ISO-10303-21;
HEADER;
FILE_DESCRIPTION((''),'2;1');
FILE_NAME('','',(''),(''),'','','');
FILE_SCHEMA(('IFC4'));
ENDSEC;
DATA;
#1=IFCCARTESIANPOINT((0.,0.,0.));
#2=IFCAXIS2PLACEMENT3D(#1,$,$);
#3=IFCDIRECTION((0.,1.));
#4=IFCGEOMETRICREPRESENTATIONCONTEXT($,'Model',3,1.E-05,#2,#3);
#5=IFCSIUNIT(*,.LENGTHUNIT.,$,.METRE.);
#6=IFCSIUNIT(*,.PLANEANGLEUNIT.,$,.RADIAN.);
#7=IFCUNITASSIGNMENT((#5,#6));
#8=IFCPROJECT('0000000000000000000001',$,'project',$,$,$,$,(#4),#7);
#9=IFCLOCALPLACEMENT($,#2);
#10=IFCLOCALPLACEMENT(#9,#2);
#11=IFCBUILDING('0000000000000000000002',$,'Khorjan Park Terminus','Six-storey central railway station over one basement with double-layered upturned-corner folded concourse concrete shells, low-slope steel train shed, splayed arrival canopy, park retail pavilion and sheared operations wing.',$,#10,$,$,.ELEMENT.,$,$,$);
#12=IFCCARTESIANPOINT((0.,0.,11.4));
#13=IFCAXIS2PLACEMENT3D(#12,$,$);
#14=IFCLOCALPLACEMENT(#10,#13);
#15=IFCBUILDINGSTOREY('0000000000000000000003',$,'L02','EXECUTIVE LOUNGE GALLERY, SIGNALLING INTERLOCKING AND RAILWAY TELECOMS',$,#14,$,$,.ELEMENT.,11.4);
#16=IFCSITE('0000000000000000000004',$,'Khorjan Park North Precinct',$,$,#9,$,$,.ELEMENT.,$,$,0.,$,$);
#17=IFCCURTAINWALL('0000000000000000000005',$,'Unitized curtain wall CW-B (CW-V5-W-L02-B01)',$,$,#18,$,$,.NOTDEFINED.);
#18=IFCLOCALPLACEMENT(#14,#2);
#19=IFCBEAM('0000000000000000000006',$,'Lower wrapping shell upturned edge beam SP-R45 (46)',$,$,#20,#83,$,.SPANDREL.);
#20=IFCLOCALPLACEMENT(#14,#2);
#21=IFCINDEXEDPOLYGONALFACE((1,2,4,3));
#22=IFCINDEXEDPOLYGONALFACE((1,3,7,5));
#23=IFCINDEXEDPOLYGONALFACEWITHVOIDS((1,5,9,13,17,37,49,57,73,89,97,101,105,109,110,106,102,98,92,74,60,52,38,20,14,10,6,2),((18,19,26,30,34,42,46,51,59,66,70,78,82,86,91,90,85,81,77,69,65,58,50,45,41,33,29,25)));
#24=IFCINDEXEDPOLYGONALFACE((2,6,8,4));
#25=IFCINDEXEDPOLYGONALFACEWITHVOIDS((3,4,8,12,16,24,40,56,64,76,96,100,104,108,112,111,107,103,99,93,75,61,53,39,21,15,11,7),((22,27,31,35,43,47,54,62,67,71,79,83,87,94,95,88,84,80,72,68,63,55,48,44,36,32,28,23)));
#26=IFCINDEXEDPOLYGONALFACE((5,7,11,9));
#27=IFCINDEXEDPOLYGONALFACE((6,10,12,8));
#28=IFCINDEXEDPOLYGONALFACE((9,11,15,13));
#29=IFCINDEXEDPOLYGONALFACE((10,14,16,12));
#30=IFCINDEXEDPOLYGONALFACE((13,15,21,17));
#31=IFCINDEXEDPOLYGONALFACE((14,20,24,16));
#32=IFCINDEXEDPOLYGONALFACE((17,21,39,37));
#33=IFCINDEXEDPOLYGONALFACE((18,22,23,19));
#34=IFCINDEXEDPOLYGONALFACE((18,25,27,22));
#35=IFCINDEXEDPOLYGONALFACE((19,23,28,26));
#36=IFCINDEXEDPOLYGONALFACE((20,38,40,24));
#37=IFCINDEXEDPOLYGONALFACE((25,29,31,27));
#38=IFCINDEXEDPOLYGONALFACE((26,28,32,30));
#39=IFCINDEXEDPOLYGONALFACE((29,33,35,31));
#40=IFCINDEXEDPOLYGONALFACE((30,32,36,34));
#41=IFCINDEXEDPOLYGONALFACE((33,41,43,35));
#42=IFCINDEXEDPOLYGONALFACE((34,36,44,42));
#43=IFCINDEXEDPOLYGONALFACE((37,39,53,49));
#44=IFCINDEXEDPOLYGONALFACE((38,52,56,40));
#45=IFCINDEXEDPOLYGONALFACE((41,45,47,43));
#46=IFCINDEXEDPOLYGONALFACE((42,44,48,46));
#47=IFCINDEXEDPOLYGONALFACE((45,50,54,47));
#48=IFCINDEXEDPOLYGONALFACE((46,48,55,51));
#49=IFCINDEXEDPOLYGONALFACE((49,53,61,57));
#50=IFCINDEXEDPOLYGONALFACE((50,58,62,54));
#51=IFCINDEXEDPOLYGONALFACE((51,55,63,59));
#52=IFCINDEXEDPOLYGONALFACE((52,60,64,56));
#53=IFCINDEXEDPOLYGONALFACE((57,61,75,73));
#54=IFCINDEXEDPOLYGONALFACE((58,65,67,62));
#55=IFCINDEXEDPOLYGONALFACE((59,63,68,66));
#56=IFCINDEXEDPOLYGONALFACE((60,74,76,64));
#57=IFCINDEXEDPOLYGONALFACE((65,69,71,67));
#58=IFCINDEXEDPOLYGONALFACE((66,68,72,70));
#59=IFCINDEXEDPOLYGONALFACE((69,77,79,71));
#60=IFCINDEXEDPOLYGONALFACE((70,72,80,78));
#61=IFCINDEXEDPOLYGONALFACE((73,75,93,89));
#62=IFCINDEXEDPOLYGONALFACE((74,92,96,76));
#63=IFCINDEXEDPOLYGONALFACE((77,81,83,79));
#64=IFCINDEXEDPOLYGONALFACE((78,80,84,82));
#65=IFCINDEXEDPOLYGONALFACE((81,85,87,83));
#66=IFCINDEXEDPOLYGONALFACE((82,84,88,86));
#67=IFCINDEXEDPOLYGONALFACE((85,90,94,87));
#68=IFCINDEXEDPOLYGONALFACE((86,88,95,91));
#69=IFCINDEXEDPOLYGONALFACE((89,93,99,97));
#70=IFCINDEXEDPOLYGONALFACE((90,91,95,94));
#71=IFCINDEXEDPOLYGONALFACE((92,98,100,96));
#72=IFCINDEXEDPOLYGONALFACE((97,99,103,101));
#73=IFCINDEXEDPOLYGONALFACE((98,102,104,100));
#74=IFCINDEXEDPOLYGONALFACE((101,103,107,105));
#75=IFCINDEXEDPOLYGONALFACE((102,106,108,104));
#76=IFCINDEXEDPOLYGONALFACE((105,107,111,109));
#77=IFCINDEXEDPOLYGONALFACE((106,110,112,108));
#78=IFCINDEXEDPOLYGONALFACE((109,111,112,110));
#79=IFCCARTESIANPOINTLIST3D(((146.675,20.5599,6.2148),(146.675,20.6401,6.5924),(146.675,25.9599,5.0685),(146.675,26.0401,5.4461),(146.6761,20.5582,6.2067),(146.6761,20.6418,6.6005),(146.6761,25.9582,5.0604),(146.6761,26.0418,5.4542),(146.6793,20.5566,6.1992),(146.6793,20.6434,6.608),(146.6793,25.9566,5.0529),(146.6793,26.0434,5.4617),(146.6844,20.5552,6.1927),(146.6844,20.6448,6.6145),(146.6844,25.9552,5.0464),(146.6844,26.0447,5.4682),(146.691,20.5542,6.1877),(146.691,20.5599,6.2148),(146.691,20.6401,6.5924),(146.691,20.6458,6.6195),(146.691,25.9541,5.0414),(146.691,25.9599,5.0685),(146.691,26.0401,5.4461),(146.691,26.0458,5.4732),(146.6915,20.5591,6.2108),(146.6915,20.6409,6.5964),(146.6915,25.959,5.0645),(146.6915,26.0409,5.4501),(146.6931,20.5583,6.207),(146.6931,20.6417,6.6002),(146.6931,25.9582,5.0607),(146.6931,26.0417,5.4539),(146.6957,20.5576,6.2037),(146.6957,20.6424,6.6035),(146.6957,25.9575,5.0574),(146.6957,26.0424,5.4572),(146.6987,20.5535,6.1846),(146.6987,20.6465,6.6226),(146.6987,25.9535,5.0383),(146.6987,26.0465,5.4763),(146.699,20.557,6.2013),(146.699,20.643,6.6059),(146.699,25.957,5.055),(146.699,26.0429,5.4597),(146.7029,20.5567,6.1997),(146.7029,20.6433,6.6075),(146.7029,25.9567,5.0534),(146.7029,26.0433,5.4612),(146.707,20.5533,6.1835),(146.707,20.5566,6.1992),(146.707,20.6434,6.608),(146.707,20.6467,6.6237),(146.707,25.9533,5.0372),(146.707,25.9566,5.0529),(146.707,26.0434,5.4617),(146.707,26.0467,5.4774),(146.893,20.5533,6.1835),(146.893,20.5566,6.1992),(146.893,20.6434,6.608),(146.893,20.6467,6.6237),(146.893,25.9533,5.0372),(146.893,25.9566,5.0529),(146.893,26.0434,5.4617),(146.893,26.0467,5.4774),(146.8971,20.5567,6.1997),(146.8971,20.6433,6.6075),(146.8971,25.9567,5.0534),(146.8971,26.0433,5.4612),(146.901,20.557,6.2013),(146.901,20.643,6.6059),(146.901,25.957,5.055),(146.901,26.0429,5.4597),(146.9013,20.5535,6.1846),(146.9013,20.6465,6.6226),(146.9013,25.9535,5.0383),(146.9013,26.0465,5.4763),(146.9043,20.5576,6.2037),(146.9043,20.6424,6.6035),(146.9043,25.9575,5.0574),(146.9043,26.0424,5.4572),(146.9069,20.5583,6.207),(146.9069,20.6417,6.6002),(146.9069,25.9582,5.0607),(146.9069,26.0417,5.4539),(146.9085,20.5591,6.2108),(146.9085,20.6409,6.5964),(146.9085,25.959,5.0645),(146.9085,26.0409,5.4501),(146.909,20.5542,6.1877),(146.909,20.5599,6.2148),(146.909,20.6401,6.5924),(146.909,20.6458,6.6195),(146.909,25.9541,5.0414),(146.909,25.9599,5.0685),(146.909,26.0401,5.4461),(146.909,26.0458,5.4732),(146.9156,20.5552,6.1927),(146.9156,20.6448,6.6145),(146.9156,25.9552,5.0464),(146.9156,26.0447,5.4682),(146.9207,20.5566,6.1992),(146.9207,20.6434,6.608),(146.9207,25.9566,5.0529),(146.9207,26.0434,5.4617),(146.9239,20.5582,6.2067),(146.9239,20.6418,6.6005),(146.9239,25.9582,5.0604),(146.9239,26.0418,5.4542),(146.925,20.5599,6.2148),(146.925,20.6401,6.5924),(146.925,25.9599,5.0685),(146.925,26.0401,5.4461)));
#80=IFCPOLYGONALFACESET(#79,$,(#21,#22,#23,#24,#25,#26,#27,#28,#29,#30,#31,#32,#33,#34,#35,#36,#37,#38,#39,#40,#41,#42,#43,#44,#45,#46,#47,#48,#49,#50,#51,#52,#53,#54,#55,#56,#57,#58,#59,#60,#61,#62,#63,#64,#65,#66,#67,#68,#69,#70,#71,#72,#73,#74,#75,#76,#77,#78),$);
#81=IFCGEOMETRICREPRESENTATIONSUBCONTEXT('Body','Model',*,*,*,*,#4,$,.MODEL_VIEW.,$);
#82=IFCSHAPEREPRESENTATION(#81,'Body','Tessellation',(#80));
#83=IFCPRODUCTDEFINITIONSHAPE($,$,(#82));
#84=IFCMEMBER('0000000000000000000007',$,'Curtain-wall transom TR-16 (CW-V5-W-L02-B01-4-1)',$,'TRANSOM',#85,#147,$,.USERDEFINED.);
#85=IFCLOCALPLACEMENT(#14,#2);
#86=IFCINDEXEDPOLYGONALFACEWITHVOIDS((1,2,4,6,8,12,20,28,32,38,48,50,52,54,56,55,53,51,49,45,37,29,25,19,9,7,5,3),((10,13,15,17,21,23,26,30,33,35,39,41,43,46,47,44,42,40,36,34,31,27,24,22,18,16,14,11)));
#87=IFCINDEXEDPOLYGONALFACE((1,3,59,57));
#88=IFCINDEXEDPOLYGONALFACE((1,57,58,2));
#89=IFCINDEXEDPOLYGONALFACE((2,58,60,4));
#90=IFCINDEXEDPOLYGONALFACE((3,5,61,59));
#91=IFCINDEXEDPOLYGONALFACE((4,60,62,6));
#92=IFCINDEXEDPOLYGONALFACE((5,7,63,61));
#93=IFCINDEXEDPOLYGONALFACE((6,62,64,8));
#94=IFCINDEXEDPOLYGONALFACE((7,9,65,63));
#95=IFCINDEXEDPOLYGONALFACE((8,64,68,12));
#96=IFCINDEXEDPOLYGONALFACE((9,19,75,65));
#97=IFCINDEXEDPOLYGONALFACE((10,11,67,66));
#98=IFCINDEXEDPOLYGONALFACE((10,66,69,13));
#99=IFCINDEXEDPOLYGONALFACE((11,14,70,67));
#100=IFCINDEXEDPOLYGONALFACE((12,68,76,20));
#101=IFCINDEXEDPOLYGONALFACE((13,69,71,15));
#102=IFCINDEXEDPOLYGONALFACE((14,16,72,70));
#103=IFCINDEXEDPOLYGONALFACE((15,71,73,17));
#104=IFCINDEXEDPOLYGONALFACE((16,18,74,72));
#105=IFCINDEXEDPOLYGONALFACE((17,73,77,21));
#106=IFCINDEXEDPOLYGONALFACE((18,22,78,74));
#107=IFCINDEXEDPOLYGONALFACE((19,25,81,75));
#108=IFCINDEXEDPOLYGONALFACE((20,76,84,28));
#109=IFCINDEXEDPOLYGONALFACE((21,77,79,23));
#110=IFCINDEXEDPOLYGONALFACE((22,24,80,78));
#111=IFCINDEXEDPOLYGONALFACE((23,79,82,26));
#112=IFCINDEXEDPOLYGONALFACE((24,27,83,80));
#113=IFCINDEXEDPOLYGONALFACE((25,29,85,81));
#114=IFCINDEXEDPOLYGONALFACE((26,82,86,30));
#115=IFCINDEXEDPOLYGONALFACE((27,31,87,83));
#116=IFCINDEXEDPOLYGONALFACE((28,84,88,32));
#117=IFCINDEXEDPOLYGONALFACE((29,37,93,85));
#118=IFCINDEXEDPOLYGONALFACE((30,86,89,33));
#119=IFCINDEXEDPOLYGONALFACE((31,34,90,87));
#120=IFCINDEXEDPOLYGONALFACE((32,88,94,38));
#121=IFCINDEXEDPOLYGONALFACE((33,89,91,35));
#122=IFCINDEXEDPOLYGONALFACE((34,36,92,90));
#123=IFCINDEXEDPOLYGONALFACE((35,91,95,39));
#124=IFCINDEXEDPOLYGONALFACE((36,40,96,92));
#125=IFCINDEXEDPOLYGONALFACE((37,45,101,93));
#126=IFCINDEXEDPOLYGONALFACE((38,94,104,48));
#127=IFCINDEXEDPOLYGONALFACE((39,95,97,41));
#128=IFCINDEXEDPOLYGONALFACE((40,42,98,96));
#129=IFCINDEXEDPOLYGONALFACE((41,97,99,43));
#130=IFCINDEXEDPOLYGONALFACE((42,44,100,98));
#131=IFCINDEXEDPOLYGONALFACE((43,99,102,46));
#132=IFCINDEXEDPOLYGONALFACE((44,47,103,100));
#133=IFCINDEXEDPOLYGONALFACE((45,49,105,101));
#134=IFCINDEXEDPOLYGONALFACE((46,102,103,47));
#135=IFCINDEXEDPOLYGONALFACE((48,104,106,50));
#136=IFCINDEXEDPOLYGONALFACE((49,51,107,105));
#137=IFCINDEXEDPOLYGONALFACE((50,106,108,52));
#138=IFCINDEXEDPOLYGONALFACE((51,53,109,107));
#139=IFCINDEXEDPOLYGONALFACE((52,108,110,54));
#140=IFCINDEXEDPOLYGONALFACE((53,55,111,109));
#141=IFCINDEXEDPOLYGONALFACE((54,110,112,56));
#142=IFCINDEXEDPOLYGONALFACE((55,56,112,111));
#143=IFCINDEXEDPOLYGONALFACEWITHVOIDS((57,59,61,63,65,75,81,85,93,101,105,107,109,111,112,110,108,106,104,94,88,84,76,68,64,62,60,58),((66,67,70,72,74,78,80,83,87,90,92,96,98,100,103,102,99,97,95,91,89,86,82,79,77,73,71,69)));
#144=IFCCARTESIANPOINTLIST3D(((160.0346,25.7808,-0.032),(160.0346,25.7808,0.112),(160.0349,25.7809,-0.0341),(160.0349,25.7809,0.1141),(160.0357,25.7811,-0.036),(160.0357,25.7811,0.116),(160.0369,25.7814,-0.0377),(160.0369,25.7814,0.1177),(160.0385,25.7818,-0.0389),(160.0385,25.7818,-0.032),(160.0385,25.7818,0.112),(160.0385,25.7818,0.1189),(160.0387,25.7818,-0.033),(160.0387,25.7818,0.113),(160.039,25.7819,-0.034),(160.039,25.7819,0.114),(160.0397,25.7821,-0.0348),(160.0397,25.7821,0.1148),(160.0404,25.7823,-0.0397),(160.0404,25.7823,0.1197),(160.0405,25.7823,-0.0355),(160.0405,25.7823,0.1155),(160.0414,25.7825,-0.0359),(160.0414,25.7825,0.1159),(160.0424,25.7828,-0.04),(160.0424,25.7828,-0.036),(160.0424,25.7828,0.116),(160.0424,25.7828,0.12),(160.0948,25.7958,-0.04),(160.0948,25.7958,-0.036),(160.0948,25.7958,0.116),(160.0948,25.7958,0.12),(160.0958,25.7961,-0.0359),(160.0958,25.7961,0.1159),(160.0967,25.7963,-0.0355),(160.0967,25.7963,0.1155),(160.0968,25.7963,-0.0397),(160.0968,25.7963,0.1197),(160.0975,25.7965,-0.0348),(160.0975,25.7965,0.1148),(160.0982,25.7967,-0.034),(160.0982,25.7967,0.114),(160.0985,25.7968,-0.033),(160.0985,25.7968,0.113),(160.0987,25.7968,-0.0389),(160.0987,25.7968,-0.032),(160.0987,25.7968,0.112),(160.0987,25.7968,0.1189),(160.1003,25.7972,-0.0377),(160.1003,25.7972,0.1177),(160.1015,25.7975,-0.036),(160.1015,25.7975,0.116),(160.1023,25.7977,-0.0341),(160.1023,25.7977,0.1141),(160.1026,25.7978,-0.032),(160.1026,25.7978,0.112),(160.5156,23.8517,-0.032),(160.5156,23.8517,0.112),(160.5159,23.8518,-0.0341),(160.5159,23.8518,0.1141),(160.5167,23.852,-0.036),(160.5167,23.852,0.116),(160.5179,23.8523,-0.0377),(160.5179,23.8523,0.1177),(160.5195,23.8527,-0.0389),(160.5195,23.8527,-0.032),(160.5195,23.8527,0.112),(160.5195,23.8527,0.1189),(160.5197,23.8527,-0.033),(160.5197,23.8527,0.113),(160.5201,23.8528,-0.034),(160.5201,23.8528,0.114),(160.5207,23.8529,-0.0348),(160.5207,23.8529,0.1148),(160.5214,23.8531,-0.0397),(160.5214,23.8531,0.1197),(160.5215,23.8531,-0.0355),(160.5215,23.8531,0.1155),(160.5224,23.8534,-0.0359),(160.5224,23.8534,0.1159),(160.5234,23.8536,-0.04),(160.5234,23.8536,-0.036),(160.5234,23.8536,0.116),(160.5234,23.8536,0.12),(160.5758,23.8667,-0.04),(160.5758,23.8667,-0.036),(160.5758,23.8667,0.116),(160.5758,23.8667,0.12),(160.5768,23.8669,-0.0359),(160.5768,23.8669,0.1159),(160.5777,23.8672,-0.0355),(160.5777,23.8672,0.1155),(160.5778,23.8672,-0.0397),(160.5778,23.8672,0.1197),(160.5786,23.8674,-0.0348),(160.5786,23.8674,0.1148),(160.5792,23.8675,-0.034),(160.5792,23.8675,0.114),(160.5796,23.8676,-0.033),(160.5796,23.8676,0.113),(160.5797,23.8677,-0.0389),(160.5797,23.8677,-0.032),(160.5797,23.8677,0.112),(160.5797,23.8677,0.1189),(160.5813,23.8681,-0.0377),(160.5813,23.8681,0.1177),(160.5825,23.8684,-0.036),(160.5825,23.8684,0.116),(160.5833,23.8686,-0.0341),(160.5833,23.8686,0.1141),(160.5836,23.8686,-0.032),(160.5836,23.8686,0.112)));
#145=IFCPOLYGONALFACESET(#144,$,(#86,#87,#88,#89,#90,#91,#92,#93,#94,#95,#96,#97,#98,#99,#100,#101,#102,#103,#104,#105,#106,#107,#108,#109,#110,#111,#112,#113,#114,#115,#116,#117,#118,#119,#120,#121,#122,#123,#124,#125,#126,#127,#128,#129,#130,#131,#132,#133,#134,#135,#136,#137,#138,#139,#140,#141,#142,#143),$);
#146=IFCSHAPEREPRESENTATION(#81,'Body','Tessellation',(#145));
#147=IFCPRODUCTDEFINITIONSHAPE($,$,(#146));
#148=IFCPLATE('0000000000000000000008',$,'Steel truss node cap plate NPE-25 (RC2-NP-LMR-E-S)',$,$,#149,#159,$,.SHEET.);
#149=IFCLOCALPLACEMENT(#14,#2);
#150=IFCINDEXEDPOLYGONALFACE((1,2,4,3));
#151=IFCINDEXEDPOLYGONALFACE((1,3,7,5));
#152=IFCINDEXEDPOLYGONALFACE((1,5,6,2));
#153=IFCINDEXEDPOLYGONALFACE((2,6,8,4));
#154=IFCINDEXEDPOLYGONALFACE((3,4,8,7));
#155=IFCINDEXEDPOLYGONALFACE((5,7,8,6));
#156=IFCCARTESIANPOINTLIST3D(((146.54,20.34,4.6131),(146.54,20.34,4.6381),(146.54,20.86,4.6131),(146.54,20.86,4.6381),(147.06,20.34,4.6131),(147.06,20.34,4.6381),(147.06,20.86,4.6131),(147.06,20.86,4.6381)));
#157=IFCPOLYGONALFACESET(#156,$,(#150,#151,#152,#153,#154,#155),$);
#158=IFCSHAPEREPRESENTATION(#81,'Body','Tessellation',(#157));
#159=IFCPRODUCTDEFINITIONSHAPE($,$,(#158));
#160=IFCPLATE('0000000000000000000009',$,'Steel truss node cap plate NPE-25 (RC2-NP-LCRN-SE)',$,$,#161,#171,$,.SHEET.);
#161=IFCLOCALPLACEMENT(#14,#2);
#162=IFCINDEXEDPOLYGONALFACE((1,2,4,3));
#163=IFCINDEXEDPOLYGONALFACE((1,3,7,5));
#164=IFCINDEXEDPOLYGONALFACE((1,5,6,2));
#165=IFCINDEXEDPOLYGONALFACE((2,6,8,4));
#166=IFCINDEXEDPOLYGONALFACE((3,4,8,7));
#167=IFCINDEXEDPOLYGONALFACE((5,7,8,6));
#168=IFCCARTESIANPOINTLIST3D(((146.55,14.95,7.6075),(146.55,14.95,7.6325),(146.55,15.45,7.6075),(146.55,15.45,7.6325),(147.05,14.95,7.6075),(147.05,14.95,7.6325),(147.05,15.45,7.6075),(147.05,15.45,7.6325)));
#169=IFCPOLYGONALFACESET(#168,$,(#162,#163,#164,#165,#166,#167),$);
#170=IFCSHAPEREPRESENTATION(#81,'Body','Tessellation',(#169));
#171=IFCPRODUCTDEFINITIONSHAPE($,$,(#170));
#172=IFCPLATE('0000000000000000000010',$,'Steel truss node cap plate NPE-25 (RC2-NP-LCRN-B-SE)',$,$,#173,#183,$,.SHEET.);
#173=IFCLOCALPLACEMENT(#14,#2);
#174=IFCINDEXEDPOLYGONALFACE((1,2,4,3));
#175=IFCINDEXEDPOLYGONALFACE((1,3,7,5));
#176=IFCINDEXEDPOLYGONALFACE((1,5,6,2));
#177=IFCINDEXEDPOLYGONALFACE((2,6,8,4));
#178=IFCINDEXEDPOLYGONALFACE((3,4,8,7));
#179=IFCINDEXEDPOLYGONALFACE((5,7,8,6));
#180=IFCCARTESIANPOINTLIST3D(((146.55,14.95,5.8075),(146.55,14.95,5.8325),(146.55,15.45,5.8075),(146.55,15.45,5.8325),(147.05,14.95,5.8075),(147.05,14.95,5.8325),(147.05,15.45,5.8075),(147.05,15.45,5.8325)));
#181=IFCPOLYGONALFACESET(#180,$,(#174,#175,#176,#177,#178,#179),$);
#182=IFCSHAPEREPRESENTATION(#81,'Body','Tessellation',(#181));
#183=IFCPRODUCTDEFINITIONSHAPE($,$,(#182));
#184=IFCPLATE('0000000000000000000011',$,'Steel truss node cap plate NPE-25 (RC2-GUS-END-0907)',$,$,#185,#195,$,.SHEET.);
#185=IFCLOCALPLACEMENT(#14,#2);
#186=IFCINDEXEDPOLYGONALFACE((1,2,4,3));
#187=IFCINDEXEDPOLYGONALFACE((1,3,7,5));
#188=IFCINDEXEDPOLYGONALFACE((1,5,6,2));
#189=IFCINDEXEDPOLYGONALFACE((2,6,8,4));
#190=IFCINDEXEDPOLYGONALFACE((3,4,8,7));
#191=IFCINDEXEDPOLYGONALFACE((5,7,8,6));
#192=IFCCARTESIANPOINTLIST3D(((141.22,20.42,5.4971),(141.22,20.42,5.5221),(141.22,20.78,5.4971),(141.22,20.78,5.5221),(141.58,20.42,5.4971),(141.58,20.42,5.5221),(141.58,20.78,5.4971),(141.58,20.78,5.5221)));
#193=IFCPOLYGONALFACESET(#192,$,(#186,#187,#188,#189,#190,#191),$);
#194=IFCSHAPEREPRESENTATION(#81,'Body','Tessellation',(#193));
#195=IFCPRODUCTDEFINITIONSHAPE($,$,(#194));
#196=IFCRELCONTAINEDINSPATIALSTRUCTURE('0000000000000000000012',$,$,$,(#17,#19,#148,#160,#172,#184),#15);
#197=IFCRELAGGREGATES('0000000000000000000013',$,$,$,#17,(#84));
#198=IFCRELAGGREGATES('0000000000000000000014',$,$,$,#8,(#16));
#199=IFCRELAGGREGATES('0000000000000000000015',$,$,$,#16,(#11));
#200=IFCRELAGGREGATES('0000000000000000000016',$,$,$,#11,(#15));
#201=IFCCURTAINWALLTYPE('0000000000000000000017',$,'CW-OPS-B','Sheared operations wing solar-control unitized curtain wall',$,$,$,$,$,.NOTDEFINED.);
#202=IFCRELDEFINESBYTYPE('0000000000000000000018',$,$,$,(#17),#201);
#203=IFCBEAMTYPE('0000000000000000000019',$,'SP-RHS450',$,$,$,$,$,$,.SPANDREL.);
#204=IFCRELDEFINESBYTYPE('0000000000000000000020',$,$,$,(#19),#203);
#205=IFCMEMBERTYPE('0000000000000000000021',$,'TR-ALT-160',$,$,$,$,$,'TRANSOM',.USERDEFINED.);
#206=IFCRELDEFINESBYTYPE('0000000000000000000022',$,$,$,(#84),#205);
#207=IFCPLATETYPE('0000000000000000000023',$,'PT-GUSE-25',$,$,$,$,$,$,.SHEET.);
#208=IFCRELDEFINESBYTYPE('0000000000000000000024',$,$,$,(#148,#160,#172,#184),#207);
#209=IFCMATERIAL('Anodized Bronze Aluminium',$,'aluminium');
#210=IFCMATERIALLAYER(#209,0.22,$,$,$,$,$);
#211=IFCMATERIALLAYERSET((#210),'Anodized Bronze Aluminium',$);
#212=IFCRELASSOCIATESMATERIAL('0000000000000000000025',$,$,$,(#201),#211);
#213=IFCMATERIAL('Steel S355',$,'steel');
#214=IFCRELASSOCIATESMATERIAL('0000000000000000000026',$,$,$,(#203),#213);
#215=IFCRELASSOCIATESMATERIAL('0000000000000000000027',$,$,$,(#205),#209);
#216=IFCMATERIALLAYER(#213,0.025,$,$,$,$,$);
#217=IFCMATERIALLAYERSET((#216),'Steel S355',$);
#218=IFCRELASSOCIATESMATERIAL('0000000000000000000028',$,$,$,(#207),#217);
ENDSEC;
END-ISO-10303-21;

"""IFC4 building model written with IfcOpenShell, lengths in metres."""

from ifc_helpers import new_model, si_unit, direction, frame, origin, origin_2d, place, context, subcontext, project, spatial, rectangle, hollow_rectangle, extrude, material, layer, layer_set, material_profile, profile_set, type_object, element, aggregate, save


model = new_model("IFC4")

# Units and contexts
model_context = context("Model", 3, precision=1e-05, world=origin(), true_north=direction((0.0, 1.0)))
body_context = subcontext(model_context, "Body", "Model", "MODEL_VIEW")
ifc_project = project(units=[si_unit("LENGTHUNIT", "METRE"), si_unit("PLANEANGLEUNIT", "RADIAN")], contexts=[model_context])

# Site, building, storey
site_placement = place(None, origin())
site = spatial("IfcSite", under=ifc_project, at=site_placement, Name="Khorjan Park North Precinct", CompositionType="ELEMENT", RefElevation=0.0)
building_placement = place(site_placement, origin())
building = spatial("IfcBuilding", under=site, at=building_placement, Name="Khorjan Park Terminus", Description="Six-storey central railway station over one basement with double-layered upturned-corner folded concourse concrete shells, low-slope steel train shed, splayed arrival canopy, park retail pavilion and sheared operations wing.", CompositionType="ELEMENT")
storey_placement = place(building_placement, frame((0.0, 0.0, 11.4)))
storey = spatial("IfcBuildingStorey", under=building, at=storey_placement, Name="L02", Description="EXECUTIVE LOUNGE GALLERY, SIGNALLING INTERLOCKING AND RAILWAY TELECOMS", CompositionType="ELEMENT", Elevation=11.4)

# Shared definitions
ifc_material_1 = material(Name="Steel S355", Category="steel")

# Curtain wall
ifc_material_2 = material(Name="Anodized Bronze Aluminium", Category="aluminium")
ifc_layer_1 = layer(ifc_material_2, 0.22)
ifc_layer_set_1 = layer_set([ifc_layer_1], Name="Anodized Bronze Aluminium")
curtain_wall_type = type_object("IfcCurtainWallType", Name="CW-OPS-B", Description="Sheared operations wing solar-control unitized curtain wall", PredefinedType="NOTDEFINED", material=ifc_layer_set_1)
curtain_wall_placement = place(storey_placement, origin())
curtain_wall = element("IfcCurtainWall", 1, at=curtain_wall_placement, inside=storey, type_object=curtain_wall_type, Name="Unitized curtain wall CW-B (CW-V5-W-L02-B01)", PredefinedType="NOTDEFINED")

# Beam
ifc_material_profile_1 = material_profile(ifc_material_1, hollow_rectangle(XDim=0.25, YDim=0.45, WallThickness=0.016, InnerFilletRadius=0.016, OuterFilletRadius=0.032, at=origin_2d()), Name="RHS 450x250x16")
ifc_profile_set_1 = profile_set([ifc_material_profile_1], Name="Steel S355")
beam_type = type_object("IfcBeamType", Name="SP-RHS450", PredefinedType="SPANDREL", material=ifc_profile_set_1)
for number, where, z_axis, x_axis, name in (
    (2, (146.8, 20.6, 6.4036), (0.0, 0.978203, -0.207651), (-1.0, 0.0, 0.0), "Lower wrapping shell upturned edge beam SP-R45 (46)"),
):
    element("IfcBeam", number, at=place(storey_placement, frame(where, z_axis=z_axis, x_axis=x_axis)), inside=storey, type_object=beam_type, Name=name, PredefinedType="SPANDREL", context=body_context, shape_type="SweptSolid", body=[
        extrude(hollow_rectangle(XDim=0.25, YDim=0.45, WallThickness=0.016, InnerFilletRadius=0.016, OuterFilletRadius=0.032, at=origin_2d()), origin(), (0.0, 0.0, 1.0), 5.5203),
    ])

# Member
ifc_material_profile_2 = material_profile(ifc_material_2, hollow_rectangle(XDim=0.07, YDim=0.16, WallThickness=0.004, InnerFilletRadius=0.004, OuterFilletRadius=0.008, at=origin_2d()), Name="ALT 70x160x4")
ifc_profile_set_2 = profile_set([ifc_material_profile_2], Name="Anodized Bronze Aluminium")
member_type_1 = type_object("IfcMemberType", Name="TR-ALT-160", ElementType="TRANSOM", PredefinedType="USERDEFINED", material=ifc_profile_set_2)
member_1_placement = place(storey_placement, frame((160.0686, 25.7893, 0.04), z_axis=(0.241932, -0.970293, 0.0), x_axis=(0.970293, 0.241932, 0.0)))
member_1 = element("IfcMember", 3, at=member_1_placement, type_object=member_type_1, Name="Curtain-wall transom TR-16 (CW-V5-W-L02-B01-4-1)", ObjectType="TRANSOM", PredefinedType="USERDEFINED", context=body_context, shape_type="SweptSolid", body=[
    extrude(hollow_rectangle(XDim=0.07, YDim=0.16, WallThickness=0.004, InnerFilletRadius=0.004, OuterFilletRadius=0.008, at=origin_2d()), origin(), (0.0, 0.0, 1.0), 1.9882),
])
aggregate(curtain_wall, [member_1])

# Plates
ifc_layer_2 = layer(ifc_material_1, 0.025)
ifc_layer_set_2 = layer_set([ifc_layer_2], Name="Steel S355")
plate_type = type_object("IfcPlateType", Name="PT-GUSE-25", PredefinedType="SHEET", material=ifc_layer_set_2)
plate_placement = place(storey_placement, frame((146.8, 20.6, 4.6131), z_axis=(0.0, 0.0, 1.0), x_axis=(1.0, 0.0, 0.0)))
element("IfcPlate", 4, at=plate_placement, inside=storey, type_object=plate_type, Name="Steel truss node cap plate NPE-25 (RC2-NP-LMR-E-S)", PredefinedType="SHEET", context=body_context, shape_type="SweptSolid", body=[
    extrude(rectangle(XDim=0.52, YDim=0.52, at=origin_2d()), origin(), (0.0, 0.0, 1.0), 0.025),
])
for number, where, z_axis, x_axis, name in (
    (5, (146.8, 15.2, 7.6075), (0.0, 0.0, 1.0), (1.0, 0.0, 0.0), "Steel truss node cap plate NPE-25 (RC2-NP-LCRN-SE)"),
    (6, (146.8, 15.2, 5.8075), (0.0, 0.0, 1.0), (1.0, 0.0, 0.0), "Steel truss node cap plate NPE-25 (RC2-NP-LCRN-B-SE)"),
):
    element("IfcPlate", number, at=place(storey_placement, frame(where, z_axis=z_axis, x_axis=x_axis)), inside=storey, type_object=plate_type, Name=name, PredefinedType="SHEET", context=body_context, shape_type="SweptSolid", body=[
        extrude(rectangle(XDim=0.5, YDim=0.5, at=origin_2d()), origin(), (0.0, 0.0, 1.0), 0.025),
    ])
for number, where, z_axis, x_axis, name in (
    (7, (141.4, 20.6, 5.4971), (0.0, 0.0, 1.0), (1.0, 0.0, 0.0), "Steel truss node cap plate NPE-25 (RC2-GUS-END-0907)"),
):
    element("IfcPlate", number, at=place(storey_placement, frame(where, z_axis=z_axis, x_axis=x_axis)), inside=storey, type_object=plate_type, Name=name, PredefinedType="SHEET", context=body_context, shape_type="SweptSolid", body=[
        extrude(rectangle(XDim=0.36, YDim=0.36, at=origin_2d()), origin(), (0.0, 0.0, 1.0), 0.025),
    ])

save(model, "model.ifc")
